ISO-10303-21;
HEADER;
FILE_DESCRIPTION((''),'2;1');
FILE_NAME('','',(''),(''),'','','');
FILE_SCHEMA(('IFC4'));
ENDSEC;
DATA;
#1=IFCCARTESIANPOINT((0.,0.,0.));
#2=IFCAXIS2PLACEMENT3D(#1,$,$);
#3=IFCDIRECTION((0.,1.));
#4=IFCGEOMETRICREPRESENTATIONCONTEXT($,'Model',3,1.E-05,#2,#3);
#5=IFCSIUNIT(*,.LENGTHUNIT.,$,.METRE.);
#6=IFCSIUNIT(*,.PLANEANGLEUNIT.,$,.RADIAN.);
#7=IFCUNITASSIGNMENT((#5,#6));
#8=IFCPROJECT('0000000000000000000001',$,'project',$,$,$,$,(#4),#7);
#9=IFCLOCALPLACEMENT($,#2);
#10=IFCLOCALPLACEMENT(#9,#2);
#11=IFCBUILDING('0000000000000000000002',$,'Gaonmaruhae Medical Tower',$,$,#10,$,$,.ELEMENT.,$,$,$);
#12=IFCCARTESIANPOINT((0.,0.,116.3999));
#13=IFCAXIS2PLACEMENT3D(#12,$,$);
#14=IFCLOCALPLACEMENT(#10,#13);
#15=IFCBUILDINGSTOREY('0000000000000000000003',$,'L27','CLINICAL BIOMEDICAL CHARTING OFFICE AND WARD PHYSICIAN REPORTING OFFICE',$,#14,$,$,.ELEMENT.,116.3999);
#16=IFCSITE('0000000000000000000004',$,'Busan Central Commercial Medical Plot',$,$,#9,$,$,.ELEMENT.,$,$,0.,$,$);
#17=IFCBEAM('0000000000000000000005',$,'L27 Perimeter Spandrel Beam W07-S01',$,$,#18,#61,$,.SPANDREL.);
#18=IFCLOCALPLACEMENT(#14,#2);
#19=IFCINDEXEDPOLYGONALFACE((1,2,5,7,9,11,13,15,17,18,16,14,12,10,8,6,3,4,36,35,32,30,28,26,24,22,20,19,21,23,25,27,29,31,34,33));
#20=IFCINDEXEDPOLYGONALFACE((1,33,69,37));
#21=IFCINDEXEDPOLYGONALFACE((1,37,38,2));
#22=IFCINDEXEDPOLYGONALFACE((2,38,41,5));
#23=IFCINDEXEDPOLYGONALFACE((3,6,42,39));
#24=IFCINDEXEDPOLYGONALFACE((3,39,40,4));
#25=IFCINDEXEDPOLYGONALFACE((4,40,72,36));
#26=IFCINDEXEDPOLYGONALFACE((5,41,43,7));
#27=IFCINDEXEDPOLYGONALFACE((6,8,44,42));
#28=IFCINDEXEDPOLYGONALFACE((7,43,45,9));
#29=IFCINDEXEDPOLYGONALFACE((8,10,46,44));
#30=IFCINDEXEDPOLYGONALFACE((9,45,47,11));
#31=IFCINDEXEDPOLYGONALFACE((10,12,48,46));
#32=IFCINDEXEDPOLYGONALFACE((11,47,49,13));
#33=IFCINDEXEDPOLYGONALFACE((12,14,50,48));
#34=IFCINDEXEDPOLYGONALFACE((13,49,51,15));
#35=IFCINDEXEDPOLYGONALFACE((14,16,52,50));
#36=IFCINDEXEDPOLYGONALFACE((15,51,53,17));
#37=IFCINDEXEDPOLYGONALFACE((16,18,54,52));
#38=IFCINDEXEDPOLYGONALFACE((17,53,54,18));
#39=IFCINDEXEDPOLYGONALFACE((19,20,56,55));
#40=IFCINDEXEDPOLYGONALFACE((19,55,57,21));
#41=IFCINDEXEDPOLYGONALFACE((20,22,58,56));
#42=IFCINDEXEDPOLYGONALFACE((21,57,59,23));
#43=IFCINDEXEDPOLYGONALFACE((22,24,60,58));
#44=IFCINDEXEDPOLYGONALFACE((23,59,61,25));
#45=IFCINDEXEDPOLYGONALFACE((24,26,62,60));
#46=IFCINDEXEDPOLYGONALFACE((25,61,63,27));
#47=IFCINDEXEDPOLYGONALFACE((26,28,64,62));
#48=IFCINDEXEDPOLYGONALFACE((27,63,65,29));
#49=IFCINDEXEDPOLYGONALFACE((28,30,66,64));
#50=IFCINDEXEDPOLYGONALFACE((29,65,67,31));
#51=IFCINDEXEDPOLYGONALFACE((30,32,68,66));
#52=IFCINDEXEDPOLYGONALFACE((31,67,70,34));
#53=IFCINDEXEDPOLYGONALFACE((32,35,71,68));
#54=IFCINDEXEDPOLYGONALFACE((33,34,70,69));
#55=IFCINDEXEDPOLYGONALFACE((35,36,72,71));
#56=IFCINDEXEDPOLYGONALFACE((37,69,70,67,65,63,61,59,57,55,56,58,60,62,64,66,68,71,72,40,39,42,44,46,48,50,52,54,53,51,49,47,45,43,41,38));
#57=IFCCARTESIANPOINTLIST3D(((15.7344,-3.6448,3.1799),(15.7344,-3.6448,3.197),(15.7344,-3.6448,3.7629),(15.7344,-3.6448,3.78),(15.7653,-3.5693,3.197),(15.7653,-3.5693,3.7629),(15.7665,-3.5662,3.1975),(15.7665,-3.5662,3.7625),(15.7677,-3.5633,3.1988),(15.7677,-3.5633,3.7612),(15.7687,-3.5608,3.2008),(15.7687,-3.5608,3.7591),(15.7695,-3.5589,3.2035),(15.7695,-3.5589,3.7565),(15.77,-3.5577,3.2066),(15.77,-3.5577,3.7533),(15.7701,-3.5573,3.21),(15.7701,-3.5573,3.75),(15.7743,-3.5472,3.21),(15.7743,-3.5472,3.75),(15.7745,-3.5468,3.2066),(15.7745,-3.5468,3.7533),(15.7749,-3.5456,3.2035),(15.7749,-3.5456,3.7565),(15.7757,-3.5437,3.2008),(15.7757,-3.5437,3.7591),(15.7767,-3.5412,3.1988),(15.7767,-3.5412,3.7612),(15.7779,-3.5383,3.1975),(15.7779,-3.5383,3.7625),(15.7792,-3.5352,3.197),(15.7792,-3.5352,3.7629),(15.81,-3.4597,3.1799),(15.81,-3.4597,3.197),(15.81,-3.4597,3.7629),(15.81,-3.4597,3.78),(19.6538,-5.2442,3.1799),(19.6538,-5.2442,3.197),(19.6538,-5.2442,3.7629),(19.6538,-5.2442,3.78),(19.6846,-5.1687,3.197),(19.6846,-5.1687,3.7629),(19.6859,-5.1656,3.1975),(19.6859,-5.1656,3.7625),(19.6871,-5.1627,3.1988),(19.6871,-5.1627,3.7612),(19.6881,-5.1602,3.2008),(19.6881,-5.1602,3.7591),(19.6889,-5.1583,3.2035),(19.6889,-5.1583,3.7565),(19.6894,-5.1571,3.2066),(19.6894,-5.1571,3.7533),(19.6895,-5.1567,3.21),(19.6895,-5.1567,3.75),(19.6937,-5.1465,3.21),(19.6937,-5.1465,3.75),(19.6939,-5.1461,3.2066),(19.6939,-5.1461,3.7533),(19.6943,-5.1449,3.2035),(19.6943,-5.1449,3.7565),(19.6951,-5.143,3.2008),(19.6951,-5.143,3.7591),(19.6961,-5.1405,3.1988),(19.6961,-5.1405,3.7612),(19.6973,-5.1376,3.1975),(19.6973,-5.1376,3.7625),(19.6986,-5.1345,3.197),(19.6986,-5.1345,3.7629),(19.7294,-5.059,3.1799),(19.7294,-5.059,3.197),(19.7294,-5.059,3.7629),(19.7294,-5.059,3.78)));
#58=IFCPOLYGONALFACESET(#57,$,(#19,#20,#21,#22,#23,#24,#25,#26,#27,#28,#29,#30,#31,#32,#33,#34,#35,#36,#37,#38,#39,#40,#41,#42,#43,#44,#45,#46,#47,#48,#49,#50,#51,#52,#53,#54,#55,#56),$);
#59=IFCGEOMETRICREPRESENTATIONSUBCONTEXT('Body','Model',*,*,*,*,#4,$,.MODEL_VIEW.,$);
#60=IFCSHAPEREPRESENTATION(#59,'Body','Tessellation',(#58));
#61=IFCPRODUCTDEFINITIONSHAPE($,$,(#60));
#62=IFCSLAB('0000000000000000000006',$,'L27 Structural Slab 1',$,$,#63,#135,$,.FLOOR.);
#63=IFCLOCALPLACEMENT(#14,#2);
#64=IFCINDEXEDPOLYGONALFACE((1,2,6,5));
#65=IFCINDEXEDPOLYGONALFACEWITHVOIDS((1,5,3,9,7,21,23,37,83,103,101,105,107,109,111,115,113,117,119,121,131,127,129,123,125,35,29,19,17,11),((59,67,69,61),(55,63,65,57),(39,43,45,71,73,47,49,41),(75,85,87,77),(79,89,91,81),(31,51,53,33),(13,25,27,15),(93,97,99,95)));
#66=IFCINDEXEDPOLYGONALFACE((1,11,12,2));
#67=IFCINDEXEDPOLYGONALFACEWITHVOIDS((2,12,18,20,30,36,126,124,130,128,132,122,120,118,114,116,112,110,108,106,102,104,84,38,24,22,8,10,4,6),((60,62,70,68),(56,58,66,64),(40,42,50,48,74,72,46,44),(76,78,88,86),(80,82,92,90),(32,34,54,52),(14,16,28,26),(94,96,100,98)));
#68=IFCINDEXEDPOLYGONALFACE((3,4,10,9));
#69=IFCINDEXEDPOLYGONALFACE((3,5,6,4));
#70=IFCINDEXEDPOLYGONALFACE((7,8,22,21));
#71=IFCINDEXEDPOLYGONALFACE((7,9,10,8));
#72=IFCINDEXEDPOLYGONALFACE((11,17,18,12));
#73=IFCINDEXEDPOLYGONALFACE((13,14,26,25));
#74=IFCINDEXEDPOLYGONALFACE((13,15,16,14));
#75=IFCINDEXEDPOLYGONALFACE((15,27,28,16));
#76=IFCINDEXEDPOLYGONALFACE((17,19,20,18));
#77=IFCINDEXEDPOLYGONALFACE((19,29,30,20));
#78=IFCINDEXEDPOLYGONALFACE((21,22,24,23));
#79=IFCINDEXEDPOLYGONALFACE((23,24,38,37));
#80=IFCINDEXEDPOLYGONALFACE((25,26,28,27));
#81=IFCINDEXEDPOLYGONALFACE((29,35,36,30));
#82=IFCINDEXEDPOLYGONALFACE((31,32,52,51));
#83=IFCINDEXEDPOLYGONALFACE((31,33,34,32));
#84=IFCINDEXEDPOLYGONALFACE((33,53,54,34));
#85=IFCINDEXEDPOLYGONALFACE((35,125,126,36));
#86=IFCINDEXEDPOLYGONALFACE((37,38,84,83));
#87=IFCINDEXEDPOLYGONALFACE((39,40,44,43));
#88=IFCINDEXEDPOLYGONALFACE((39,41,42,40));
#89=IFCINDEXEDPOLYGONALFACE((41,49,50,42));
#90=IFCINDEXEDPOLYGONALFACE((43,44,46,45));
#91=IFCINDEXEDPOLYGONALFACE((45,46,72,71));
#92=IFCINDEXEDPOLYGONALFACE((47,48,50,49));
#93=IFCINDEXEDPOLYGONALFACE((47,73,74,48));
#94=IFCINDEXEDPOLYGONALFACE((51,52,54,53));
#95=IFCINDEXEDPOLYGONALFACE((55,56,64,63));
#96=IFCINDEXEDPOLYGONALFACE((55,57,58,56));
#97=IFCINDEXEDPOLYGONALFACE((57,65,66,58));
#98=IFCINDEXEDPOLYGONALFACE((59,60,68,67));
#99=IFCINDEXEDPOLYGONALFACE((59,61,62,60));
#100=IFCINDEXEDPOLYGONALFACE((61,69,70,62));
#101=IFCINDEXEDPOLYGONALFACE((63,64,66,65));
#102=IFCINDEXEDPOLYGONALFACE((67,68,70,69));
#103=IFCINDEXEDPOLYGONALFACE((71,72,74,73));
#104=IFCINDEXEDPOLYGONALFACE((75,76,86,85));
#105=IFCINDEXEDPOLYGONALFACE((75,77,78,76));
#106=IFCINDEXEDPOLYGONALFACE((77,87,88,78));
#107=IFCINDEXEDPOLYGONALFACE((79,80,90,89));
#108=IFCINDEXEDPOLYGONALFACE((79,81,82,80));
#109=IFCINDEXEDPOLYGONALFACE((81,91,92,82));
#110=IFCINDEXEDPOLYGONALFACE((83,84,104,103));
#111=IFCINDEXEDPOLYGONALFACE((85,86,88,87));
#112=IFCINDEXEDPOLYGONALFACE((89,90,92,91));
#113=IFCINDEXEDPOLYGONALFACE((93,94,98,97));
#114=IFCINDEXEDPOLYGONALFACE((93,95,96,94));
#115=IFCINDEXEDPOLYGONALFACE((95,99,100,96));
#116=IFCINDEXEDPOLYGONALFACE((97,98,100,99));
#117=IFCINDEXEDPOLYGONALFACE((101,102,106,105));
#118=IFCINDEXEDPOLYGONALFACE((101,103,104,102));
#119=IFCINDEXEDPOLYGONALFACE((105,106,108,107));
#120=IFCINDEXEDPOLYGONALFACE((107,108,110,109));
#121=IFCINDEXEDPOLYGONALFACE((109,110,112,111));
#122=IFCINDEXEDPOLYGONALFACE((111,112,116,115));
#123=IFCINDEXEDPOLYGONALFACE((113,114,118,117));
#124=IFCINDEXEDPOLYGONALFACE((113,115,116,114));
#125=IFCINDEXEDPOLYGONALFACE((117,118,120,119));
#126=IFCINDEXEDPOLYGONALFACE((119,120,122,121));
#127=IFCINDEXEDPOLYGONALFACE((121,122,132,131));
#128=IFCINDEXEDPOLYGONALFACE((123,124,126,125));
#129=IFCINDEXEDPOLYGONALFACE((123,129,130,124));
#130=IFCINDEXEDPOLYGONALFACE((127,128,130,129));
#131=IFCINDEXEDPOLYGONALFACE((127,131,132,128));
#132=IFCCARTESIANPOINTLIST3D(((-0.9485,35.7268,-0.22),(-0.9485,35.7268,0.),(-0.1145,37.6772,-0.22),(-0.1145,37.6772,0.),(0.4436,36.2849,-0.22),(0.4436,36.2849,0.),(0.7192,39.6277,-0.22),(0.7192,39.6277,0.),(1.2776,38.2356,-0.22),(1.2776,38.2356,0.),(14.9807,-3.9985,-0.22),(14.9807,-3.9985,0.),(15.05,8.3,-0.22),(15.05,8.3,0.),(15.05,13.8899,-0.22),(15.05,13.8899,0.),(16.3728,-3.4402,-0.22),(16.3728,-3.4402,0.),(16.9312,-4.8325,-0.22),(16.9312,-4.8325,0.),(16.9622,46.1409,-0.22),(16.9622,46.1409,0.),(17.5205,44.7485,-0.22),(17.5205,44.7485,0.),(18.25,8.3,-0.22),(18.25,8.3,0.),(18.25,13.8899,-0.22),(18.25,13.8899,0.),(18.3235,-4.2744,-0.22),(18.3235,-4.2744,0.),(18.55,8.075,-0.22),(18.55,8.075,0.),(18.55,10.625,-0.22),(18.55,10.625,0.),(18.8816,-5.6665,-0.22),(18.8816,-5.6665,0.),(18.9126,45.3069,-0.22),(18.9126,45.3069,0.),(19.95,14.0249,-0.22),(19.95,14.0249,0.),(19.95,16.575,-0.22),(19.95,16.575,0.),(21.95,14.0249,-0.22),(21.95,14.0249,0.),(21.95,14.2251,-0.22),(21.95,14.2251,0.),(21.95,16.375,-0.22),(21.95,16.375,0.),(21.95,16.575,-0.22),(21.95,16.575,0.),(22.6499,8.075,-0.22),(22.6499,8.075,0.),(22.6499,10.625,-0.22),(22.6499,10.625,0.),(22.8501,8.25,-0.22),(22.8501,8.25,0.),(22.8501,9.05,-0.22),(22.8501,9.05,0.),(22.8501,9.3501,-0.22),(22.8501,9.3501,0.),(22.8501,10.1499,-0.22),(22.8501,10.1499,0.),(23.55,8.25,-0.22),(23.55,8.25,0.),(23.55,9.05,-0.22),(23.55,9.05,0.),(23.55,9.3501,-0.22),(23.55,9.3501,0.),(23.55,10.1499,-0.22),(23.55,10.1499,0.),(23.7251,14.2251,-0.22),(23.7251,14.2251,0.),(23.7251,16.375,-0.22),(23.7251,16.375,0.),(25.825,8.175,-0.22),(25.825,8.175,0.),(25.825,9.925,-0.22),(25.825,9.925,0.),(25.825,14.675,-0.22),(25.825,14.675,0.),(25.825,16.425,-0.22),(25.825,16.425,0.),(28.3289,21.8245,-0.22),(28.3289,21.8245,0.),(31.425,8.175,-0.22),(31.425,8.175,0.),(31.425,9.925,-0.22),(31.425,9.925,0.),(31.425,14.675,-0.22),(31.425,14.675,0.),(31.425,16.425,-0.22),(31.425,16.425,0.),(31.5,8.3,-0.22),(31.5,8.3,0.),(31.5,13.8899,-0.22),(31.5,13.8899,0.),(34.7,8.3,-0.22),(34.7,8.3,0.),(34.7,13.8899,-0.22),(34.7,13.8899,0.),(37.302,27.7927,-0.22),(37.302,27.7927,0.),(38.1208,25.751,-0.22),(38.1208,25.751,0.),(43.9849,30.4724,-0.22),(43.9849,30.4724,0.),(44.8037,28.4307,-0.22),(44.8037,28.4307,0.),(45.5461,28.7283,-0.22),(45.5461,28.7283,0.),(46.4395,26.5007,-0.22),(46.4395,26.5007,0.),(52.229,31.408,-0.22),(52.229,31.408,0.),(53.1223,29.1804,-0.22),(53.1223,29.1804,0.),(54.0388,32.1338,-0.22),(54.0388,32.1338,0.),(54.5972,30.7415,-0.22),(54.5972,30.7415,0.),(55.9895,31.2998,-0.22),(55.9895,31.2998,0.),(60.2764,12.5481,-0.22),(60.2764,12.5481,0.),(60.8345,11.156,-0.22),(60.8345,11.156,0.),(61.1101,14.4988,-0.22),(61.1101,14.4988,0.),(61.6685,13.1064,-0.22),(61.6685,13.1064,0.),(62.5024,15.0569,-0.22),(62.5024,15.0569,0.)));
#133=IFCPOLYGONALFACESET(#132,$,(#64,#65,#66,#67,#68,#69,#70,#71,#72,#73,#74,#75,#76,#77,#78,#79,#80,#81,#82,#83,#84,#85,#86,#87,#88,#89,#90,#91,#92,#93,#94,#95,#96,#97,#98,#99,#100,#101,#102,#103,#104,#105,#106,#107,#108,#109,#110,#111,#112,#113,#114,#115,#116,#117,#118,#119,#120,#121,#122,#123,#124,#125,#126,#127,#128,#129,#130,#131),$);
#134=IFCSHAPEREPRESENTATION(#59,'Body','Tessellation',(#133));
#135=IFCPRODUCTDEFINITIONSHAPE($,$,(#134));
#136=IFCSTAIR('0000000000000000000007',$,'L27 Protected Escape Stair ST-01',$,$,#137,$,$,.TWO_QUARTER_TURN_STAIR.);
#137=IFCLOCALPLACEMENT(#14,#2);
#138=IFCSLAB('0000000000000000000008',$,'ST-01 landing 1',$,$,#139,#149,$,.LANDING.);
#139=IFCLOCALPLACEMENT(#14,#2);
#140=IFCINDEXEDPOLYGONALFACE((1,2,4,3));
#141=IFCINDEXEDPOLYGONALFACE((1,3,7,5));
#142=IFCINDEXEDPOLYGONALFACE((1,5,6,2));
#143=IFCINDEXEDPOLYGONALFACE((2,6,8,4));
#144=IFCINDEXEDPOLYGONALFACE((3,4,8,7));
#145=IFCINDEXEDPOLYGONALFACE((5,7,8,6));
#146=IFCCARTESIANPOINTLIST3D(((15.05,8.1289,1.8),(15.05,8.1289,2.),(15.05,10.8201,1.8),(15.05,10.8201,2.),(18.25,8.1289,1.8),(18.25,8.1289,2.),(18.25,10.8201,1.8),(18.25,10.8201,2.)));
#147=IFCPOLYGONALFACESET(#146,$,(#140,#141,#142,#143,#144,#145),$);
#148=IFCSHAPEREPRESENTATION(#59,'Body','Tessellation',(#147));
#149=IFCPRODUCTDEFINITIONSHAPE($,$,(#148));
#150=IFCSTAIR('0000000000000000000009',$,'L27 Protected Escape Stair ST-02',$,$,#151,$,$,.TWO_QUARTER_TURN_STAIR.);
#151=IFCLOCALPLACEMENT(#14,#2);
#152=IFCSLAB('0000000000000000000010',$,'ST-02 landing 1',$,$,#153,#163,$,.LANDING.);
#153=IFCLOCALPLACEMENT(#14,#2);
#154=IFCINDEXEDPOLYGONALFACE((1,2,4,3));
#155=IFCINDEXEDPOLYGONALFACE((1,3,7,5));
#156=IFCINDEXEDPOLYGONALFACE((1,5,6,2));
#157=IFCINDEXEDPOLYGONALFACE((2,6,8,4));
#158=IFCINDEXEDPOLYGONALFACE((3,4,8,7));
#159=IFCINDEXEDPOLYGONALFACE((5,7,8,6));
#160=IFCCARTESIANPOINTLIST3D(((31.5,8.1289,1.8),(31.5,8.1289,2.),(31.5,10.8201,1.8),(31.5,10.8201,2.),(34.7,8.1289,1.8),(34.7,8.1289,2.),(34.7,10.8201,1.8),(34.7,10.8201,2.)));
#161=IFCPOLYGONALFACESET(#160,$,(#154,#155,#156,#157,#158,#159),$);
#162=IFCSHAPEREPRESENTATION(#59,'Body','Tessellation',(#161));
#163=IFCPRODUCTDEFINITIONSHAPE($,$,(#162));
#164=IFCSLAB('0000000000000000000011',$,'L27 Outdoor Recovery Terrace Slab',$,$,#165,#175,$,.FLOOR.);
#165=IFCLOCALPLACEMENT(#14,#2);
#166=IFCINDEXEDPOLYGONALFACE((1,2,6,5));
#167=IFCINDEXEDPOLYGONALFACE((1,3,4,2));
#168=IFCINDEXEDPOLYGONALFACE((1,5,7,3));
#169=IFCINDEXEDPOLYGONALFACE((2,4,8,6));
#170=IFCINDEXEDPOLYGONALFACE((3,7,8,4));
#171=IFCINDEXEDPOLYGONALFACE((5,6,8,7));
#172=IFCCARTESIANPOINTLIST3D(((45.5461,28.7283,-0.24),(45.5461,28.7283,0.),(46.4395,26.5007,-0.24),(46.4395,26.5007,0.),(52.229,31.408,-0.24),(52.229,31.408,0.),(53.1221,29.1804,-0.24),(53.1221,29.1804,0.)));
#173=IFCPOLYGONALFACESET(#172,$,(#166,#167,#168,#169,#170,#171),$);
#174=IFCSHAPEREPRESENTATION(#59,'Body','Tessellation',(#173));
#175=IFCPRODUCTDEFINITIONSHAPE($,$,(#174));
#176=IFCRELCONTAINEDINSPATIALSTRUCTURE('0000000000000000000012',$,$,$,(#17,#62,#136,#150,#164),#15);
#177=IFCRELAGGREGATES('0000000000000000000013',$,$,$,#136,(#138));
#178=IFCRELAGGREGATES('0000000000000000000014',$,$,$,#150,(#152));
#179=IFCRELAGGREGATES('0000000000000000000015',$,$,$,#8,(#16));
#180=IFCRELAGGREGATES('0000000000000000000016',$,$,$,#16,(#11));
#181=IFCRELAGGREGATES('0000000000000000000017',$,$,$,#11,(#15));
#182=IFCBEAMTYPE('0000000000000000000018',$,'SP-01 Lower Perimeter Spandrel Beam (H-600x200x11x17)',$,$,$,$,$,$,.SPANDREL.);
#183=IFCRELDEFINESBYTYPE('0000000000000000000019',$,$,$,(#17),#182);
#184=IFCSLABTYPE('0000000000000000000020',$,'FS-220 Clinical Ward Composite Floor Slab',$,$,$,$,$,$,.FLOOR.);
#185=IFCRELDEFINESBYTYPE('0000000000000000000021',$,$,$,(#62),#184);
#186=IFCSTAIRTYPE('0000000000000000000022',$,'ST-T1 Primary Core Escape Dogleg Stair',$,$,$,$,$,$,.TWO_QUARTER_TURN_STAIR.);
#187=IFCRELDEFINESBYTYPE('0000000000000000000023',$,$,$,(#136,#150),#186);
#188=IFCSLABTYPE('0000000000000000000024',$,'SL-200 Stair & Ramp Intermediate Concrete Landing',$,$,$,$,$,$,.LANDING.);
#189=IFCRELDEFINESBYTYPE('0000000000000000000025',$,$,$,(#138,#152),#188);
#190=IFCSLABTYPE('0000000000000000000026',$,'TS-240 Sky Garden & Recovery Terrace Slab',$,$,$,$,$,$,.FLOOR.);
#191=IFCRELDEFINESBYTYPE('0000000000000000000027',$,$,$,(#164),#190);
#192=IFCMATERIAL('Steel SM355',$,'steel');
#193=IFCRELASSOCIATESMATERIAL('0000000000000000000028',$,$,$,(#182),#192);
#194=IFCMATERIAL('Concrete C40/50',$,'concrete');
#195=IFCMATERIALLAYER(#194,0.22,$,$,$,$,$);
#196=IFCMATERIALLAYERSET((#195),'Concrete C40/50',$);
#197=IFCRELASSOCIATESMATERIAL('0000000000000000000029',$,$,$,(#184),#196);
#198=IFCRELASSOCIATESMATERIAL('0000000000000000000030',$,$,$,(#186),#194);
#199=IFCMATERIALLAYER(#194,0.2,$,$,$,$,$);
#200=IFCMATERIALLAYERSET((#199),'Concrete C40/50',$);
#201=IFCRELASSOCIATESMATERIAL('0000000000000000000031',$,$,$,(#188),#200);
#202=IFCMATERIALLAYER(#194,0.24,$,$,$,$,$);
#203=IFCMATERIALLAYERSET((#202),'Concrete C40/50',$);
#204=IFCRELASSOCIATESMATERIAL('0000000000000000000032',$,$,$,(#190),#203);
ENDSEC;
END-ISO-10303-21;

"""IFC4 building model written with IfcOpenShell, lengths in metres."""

from ifc_helpers import new_model, si_unit, direction, frame, origin, origin_2d, place, context, subcontext, project, spatial, polyline, i_section, outline, extrude, material, layer, layer_set, material_profile, profile_set, type_object, element, aggregate, save


model = new_model("IFC4")

# Units and contexts
model_context = context("Model", 3, precision=1e-05, world=origin(), true_north=direction((0.0, 1.0)))
body_context = subcontext(model_context, "Body", "Model", "MODEL_VIEW")
ifc_project = project(units=[si_unit("LENGTHUNIT", "METRE"), si_unit("PLANEANGLEUNIT", "RADIAN")], contexts=[model_context])

# Site, building, storey
site_placement = place(None, origin())
site = spatial("IfcSite", under=ifc_project, at=site_placement, Name="Busan Central Commercial Medical Plot", CompositionType="ELEMENT", RefElevation=0.0)
building_placement = place(site_placement, origin())
building = spatial("IfcBuilding", under=site, at=building_placement, Name="Gaonmaruhae Medical Tower", CompositionType="ELEMENT")
storey_placement = place(building_placement, frame((0.0, 0.0, 116.3999)))
storey = spatial("IfcBuildingStorey", under=building, at=storey_placement, Name="L27", Description="CLINICAL BIOMEDICAL CHARTING OFFICE AND WARD PHYSICIAN REPORTING OFFICE", CompositionType="ELEMENT", Elevation=116.3999)

# Beam
ifc_material_1 = material(Name="Steel SM355", Category="steel")
ifc_material_profile_1 = material_profile(ifc_material_1, i_section(OverallWidth=0.2, OverallDepth=0.6001, WebThickness=0.011, FlangeThickness=0.0171, FilletRadius=0.0129, at=origin_2d()), Name="H-600x200x11x17")
ifc_profile_set_1 = profile_set([ifc_material_profile_1], Name="Steel SM355")
beam_type_1 = type_object("IfcBeamType", Name="SP-01 Lower Perimeter Spandrel Beam (H-600x200x11x17)", PredefinedType="SPANDREL", material=ifc_profile_set_1)
beam_1_placement = place(storey_placement, frame((15.7722, -3.5522, 3.48), z_axis=(0.925881, -0.377815, 0.0), x_axis=(0.377815, 0.925881, 0.0)))
element("IfcBeam", 1, at=beam_1_placement, inside=storey, type_object=beam_type_1, Name="L27 Perimeter Spandrel Beam W07-S01", PredefinedType="SPANDREL", context=body_context, shape_type="SweptSolid", body=[
    extrude(i_section(OverallWidth=0.2, OverallDepth=0.6001, WebThickness=0.011, FlangeThickness=0.0171, FilletRadius=0.0129, at=origin_2d()), origin(), (0.0, 0.0, 1.0), 4.2332),
])

# Slab
ifc_material_2 = material(Name="Concrete C40/50", Category="concrete")
ifc_layer_1 = layer(ifc_material_2, 0.22)
ifc_layer_set_1 = layer_set([ifc_layer_1], Name="Concrete C40/50")
slab_type_1 = type_object("IfcSlabType", Name="FS-220 Clinical Ward Composite Floor Slab", PredefinedType="FLOOR", material=ifc_layer_set_1)
slab_1_placement = place(storey_placement, frame((0.0, 0.0, -0.22)))
element("IfcSlab", 2, at=slab_1_placement, inside=storey, type_object=slab_type_1, Name="L27 Structural Slab 1", PredefinedType="FLOOR", context=body_context, shape_type="SweptSolid", body=[
    extrude(outline(polyline([(54.5972, 30.7415), (55.9895, 31.2998), (62.5024, 15.0569), (61.1101, 14.4988), (61.6685, 13.1064), (60.2764, 12.5481), (60.8345, 11.156), (18.8816, -5.6665), (18.3235, -4.2744), (16.9312, -4.8325), (16.3728, -3.4402), (14.9807, -3.9985), (-0.9485, 35.7268), (0.4436, 36.2849), (-0.1145, 37.6772), (1.2776, 38.2356), (0.7192, 39.6277), (16.9622, 46.1409), (17.5205, 44.7485), (18.9126, 45.3069), (28.3289, 21.8245), (38.1208, 25.751), (37.302, 27.7927), (43.9849, 30.4724), (44.8037, 28.4307), (45.5461, 28.7283), (46.4395, 26.5007), (53.1223, 29.1804), (52.229, 31.408), (54.0388, 32.1338), (54.5972, 30.7415)]), holes=[polyline([(23.55, 8.25), (22.8501, 8.25), (22.8501, 9.05), (23.55, 9.05), (23.55, 8.25)]), polyline([(25.825, 9.925), (31.425, 9.925), (31.425, 8.175), (25.825, 8.175), (25.825, 9.925)]), polyline([(22.6499, 10.625), (22.6499, 8.075), (18.55, 8.075), (18.55, 10.625), (22.6499, 10.625)]), polyline([(23.55, 9.3501), (22.8501, 9.3501), (22.8501, 10.1499), (23.55, 10.1499), (23.55, 9.3501)]), polyline([(15.05, 13.8899), (18.25, 13.8899), (18.25, 8.3), (15.05, 8.3), (15.05, 13.8899)]), polyline([(31.5, 13.8899), (34.7, 13.8899), (34.7, 8.3), (31.5, 8.3), (31.5, 13.8899)]), polyline([(21.95, 14.2251), (21.95, 14.0249), (19.95, 14.0249), (19.95, 16.575), (21.95, 16.575), (21.95, 16.375), (23.7251, 16.375), (23.7251, 14.2251), (21.95, 14.2251)]), polyline([(25.825, 16.425), (31.425, 16.425), (31.425, 14.675), (25.825, 14.675), (25.825, 16.425)])]), origin(), (0.0, 0.0, 1.0), 0.22),
])

# Stairs, slabs
stair_type = type_object("IfcStairType", Name="ST-T1 Primary Core Escape Dogleg Stair", PredefinedType="TWO_QUARTER_TURN_STAIR", material=ifc_material_2)
stair_1_placement = place(storey_placement, origin())
stair_1 = element("IfcStair", 3, at=stair_1_placement, inside=storey, type_object=stair_type, Name="L27 Protected Escape Stair ST-01", PredefinedType="TWO_QUARTER_TURN_STAIR")
ifc_layer_2 = layer(ifc_material_2, 0.2)
ifc_layer_set_2 = layer_set([ifc_layer_2], Name="Concrete C40/50")
slab_type_2 = type_object("IfcSlabType", Name="SL-200 Stair & Ramp Intermediate Concrete Landing", PredefinedType="LANDING", material=ifc_layer_set_2)
slab_2_placement = place(storey_placement, frame((0.0, 0.0, 1.8)))
slab_2 = element("IfcSlab", 4, at=slab_2_placement, type_object=slab_type_2, Name="ST-01 landing 1", PredefinedType="LANDING", context=body_context, shape_type="SweptSolid", body=[
    extrude(outline(polyline([(15.05, 10.8201), (15.05, 8.1289), (18.25, 8.1289), (18.25, 10.8201), (15.05, 10.8201)])), origin(), (0.0, 0.0, 1.0), 0.2),
])
aggregate(stair_1, [slab_2])
stair_2_placement = place(storey_placement, origin())
stair_2 = element("IfcStair", 5, at=stair_2_placement, inside=storey, type_object=stair_type, Name="L27 Protected Escape Stair ST-02", PredefinedType="TWO_QUARTER_TURN_STAIR")
slab_3_placement = place(storey_placement, frame((0.0, 0.0, 1.8)))
slab_3 = element("IfcSlab", 6, at=slab_3_placement, type_object=slab_type_2, Name="ST-02 landing 1", PredefinedType="LANDING", context=body_context, shape_type="SweptSolid", body=[
    extrude(outline(polyline([(31.5, 10.8201), (31.5, 8.1289), (34.7, 8.1289), (34.7, 10.8201), (31.5, 10.8201)])), origin(), (0.0, 0.0, 1.0), 0.2),
])
aggregate(stair_2, [slab_3])

# Slab
ifc_layer_3 = layer(ifc_material_2, 0.24)
ifc_layer_set_3 = layer_set([ifc_layer_3], Name="Concrete C40/50")
slab_type_3 = type_object("IfcSlabType", Name="TS-240 Sky Garden & Recovery Terrace Slab", PredefinedType="FLOOR", material=ifc_layer_set_3)
slab_4_placement = place(storey_placement, frame((0.0, 0.0, -0.24)))
element("IfcSlab", 7, at=slab_4_placement, inside=storey, type_object=slab_type_3, Name="L27 Outdoor Recovery Terrace Slab", PredefinedType="FLOOR", context=body_context, shape_type="SweptSolid", body=[
    extrude(outline(polyline([(46.4395, 26.5007), (53.1221, 29.1804), (52.229, 31.408), (45.5461, 28.7283), (46.4395, 26.5007)])), origin(), (0.0, 0.0, 1.0), 0.24),
])

save(model, "model.ifc")
